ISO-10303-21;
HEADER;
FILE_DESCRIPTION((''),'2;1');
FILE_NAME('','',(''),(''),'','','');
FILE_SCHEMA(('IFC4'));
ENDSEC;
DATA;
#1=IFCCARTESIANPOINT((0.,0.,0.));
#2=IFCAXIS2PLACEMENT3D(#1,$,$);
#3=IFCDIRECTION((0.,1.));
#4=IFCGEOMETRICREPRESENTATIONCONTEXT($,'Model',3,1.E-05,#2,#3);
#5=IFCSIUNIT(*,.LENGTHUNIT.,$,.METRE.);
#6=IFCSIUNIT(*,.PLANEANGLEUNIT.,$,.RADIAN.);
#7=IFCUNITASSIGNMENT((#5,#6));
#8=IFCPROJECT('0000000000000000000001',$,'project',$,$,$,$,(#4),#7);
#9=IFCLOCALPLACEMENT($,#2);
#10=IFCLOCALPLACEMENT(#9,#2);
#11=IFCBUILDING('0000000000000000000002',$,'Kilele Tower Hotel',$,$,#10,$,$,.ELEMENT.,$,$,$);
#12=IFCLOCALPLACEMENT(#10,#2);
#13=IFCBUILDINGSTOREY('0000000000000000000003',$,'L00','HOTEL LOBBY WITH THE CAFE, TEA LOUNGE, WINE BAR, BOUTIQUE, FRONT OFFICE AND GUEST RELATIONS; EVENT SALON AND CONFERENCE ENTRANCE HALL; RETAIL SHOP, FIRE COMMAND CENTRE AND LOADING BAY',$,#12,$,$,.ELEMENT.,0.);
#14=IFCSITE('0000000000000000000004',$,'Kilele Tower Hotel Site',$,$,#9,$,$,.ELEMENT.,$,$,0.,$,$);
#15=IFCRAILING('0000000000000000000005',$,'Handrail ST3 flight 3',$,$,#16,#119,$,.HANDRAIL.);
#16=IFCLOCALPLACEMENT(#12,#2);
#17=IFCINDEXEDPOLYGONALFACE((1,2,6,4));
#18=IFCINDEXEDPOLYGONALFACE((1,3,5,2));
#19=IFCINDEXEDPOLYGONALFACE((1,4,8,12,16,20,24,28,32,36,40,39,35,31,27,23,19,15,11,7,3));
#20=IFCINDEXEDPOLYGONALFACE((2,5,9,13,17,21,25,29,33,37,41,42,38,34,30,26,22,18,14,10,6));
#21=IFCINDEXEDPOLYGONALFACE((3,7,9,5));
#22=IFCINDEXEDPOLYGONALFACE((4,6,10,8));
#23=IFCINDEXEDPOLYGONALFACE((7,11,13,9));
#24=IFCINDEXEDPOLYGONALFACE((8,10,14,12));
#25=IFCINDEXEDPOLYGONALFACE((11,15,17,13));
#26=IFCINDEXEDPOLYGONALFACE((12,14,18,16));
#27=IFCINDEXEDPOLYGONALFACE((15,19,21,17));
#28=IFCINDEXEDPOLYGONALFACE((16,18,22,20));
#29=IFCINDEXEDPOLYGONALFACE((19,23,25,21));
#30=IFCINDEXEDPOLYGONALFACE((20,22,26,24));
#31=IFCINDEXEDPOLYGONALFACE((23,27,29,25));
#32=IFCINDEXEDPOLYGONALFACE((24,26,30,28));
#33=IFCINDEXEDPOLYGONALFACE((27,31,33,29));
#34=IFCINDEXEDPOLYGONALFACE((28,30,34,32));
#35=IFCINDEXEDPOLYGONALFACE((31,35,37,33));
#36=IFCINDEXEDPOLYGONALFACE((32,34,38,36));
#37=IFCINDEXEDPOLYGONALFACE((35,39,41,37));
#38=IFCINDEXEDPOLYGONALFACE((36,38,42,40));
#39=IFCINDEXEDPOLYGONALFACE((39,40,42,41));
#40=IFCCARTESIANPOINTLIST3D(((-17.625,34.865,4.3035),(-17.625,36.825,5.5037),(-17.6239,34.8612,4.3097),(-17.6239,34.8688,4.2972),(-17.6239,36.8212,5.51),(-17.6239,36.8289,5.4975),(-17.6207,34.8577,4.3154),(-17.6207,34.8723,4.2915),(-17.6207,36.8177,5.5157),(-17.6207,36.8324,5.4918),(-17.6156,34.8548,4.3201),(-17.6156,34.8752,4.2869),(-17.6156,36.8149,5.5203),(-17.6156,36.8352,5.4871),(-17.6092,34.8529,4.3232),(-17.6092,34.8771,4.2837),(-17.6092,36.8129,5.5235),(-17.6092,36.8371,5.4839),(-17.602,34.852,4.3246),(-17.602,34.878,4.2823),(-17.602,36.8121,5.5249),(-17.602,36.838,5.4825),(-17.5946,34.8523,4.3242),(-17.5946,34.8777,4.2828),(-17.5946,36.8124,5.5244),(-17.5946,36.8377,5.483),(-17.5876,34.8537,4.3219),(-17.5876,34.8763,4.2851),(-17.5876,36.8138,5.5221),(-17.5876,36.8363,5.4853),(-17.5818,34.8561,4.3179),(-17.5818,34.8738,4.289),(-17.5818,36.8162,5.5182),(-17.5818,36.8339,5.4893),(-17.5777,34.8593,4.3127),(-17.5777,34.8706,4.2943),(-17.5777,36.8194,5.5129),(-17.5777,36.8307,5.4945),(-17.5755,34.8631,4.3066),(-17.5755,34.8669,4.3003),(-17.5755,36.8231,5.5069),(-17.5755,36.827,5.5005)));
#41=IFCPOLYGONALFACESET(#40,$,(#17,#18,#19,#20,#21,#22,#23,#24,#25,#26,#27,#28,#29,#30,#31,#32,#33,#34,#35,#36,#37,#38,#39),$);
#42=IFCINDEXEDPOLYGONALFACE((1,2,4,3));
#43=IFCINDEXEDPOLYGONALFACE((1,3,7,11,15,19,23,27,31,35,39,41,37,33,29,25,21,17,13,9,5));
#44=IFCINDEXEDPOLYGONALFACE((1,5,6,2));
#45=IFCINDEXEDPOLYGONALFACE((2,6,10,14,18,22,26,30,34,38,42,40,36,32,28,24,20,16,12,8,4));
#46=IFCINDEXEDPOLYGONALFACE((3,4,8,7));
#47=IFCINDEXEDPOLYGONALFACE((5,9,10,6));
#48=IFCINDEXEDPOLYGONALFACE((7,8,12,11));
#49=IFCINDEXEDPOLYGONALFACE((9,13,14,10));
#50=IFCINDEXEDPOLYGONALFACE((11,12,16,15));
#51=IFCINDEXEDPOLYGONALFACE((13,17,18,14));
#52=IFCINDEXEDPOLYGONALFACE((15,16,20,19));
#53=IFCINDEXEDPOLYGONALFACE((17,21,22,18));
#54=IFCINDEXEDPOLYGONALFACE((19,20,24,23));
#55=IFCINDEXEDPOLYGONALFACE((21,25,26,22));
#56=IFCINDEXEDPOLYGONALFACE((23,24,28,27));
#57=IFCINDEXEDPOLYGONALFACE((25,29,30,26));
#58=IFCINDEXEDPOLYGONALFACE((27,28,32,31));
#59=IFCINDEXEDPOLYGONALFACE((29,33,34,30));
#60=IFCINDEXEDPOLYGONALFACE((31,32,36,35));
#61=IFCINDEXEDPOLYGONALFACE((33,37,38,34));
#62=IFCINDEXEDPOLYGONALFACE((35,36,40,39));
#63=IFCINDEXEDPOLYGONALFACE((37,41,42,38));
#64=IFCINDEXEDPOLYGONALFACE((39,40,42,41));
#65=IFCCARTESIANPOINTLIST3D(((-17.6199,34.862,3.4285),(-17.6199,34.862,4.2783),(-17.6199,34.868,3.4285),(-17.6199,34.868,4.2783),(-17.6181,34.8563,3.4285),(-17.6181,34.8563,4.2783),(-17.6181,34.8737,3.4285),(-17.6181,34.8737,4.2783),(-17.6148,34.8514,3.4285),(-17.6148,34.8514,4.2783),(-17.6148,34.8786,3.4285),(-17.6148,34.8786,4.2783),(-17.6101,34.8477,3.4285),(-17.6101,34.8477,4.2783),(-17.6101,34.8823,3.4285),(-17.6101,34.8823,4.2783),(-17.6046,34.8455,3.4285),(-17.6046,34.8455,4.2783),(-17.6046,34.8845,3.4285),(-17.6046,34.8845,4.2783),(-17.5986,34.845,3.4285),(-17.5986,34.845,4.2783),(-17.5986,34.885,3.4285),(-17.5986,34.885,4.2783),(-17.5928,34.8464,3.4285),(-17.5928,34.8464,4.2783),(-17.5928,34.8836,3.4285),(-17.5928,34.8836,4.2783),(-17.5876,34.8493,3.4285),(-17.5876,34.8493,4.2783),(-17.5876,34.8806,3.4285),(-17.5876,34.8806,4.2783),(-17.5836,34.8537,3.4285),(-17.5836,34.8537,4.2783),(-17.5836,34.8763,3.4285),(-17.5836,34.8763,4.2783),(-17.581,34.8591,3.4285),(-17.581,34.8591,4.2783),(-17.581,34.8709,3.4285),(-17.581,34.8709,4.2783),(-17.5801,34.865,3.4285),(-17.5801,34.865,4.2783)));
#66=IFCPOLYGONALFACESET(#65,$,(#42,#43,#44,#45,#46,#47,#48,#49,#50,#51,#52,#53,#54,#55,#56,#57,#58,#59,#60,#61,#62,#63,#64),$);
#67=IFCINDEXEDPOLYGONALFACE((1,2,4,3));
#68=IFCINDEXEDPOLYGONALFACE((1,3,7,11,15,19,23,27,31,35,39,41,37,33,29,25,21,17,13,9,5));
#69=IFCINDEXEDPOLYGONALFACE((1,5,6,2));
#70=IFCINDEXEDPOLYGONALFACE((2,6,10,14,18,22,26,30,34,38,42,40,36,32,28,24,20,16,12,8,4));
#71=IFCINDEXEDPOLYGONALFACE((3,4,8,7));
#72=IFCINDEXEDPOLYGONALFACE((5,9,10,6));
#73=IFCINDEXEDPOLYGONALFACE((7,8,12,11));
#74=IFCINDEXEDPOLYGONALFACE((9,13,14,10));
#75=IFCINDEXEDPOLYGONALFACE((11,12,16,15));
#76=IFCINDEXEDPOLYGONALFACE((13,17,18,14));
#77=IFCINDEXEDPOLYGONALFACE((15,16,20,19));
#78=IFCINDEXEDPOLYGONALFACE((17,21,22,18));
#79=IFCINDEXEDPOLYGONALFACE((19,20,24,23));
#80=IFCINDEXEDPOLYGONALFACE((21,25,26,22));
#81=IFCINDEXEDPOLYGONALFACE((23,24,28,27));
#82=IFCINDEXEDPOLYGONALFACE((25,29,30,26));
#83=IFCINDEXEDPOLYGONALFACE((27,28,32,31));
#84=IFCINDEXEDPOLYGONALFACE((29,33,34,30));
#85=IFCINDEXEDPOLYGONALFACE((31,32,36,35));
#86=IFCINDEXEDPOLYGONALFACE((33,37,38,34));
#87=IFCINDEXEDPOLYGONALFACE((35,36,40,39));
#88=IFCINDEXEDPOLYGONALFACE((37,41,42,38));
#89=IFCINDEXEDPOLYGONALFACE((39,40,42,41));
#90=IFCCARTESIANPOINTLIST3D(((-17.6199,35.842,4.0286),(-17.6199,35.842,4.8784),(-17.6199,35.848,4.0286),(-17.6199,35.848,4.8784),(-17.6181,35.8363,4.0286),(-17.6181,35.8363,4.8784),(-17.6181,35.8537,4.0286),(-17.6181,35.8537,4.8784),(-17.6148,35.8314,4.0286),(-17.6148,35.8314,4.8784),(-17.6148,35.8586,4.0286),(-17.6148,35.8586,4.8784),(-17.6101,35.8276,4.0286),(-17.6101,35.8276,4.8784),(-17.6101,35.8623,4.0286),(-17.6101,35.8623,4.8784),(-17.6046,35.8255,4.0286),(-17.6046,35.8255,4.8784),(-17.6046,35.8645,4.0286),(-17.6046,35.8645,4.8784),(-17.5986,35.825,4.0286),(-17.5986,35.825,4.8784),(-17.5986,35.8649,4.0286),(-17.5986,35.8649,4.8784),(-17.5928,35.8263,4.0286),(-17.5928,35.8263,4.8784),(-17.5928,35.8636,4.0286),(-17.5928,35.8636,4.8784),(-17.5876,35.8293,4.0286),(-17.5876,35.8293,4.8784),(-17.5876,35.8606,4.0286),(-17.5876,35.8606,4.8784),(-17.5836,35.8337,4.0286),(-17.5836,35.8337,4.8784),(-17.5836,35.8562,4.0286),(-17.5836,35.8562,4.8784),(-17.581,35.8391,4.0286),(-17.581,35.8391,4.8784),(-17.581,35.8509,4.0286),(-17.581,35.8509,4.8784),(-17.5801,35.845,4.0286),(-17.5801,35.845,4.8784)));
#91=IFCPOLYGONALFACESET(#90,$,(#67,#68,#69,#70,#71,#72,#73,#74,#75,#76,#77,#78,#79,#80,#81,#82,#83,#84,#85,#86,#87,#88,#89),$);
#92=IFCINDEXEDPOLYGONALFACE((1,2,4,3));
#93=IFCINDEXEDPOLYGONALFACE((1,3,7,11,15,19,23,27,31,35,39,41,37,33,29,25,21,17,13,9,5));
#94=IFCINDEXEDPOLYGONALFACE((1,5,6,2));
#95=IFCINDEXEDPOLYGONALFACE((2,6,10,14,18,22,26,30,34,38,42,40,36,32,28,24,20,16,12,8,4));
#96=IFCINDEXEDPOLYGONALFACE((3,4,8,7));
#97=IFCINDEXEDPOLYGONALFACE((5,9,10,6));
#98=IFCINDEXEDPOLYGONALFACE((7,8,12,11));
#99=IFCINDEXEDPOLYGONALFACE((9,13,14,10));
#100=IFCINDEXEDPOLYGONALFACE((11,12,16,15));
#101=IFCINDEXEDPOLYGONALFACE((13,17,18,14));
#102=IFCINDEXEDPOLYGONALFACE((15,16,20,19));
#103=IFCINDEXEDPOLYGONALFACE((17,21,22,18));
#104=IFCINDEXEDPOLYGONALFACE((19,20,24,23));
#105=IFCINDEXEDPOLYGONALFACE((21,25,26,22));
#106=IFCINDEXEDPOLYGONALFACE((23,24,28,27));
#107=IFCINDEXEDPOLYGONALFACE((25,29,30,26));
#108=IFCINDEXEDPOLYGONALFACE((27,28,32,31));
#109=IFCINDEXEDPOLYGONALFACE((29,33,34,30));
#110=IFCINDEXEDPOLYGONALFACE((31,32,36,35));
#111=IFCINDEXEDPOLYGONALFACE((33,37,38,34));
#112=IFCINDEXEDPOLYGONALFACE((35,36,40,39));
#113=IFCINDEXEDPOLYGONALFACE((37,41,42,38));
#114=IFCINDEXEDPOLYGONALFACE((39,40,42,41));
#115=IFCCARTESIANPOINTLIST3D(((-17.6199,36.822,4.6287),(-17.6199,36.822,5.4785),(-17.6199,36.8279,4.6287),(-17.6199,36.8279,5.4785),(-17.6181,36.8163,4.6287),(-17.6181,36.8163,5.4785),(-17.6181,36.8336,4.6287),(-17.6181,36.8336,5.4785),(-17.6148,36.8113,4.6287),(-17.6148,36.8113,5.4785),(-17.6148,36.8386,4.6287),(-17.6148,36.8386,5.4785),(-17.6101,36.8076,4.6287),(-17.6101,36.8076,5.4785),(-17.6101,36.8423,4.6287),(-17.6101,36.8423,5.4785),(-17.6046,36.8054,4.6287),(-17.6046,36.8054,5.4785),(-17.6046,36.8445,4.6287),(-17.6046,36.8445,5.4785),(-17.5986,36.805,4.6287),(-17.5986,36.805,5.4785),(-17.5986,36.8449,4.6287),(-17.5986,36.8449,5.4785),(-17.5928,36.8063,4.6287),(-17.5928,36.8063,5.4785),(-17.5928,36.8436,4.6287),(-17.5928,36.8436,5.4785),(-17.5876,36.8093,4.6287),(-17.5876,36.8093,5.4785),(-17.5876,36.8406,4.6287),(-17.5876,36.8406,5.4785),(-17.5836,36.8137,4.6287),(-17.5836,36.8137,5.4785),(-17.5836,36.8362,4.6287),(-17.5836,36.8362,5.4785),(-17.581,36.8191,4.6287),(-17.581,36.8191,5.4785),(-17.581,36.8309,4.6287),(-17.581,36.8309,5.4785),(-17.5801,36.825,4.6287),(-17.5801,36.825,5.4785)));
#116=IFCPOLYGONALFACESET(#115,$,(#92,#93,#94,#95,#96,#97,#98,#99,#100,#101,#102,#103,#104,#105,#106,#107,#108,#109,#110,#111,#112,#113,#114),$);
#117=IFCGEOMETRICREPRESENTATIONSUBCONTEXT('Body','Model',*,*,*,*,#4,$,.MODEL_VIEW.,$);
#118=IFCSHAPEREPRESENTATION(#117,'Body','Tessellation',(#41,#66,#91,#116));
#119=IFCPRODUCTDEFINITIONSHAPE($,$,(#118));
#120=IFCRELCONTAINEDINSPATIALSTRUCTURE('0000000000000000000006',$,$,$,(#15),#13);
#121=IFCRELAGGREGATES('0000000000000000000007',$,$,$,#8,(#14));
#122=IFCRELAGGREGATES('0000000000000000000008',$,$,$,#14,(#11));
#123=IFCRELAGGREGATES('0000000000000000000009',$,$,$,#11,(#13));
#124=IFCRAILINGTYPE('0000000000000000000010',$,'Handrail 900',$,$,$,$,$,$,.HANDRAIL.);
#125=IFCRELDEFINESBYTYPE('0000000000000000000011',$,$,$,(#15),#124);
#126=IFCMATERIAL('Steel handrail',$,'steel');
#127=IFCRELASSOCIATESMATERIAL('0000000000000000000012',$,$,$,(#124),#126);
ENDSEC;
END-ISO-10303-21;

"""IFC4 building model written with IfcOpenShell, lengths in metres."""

from ifc_helpers import new_model, si_unit, direction, frame, origin, origin_2d, place, context, subcontext, project, spatial, circle, extrude, material, type_object, element, save


model = new_model("IFC4")

# Units and contexts
model_context = context("Model", 3, precision=1e-05, world=origin(), true_north=direction((0.0, 1.0)))
body_context = subcontext(model_context, "Body", "Model", "MODEL_VIEW")
ifc_project = project(units=[si_unit("LENGTHUNIT", "METRE"), si_unit("PLANEANGLEUNIT", "RADIAN")], contexts=[model_context])

# Site, building, storey
site_placement = place(None, origin())
site = spatial("IfcSite", under=ifc_project, at=site_placement, Name="Kilele Tower Hotel Site", CompositionType="ELEMENT", RefElevation=0.0)
building_placement = place(site_placement, origin())
building = spatial("IfcBuilding", under=site, at=building_placement, Name="Kilele Tower Hotel", CompositionType="ELEMENT")
storey_placement = place(building_placement, origin())
storey = spatial("IfcBuildingStorey", under=building, at=storey_placement, Name="L00", Description="HOTEL LOBBY WITH THE CAFE, TEA LOUNGE, WINE BAR, BOUTIQUE, FRONT OFFICE AND GUEST RELATIONS; EVENT SALON AND CONFERENCE ENTRANCE HALL; RETAIL SHOP, FIRE COMMAND CENTRE AND LOADING BAY", CompositionType="ELEMENT", Elevation=0.0)

# Railing
ifc_material_1 = material(Name="Steel handrail", Category="steel")
railing_type_1 = type_object("IfcRailingType", Name="Handrail 900", PredefinedType="HANDRAIL", material=ifc_material_1)
railing_1_placement = place(storey_placement, frame((-17.6001, 34.865, 3.4285)))
element("IfcRailing", 1, at=railing_1_placement, inside=storey, type_object=railing_type_1, Name="Handrail ST3 flight 3", PredefinedType="HANDRAIL", context=body_context, shape_type="SweptSolid", body=[
    extrude(circle(Radius=0.0249, at=origin_2d()), frame((0.0, 0.0, 0.875), z_axis=(0.0, 0.852809, 0.522223), x_axis=(-1.0, 0.0, 0.0)), (0.0, 0.0, 1.0), 2.2983),
    extrude(circle(Radius=0.02, at=origin_2d()), origin(), (0.0, 0.0, 1.0), 0.8499),
    extrude(circle(Radius=0.02, at=origin_2d()), frame((0.0, 0.98, 0.6001)), (0.0, 0.0, 1.0), 0.8499),
    extrude(circle(Radius=0.02, at=origin_2d()), frame((0.0, 1.96, 1.2002)), (0.0, 0.0, 1.0), 0.8499),
])

save(model, "model.ifc")
